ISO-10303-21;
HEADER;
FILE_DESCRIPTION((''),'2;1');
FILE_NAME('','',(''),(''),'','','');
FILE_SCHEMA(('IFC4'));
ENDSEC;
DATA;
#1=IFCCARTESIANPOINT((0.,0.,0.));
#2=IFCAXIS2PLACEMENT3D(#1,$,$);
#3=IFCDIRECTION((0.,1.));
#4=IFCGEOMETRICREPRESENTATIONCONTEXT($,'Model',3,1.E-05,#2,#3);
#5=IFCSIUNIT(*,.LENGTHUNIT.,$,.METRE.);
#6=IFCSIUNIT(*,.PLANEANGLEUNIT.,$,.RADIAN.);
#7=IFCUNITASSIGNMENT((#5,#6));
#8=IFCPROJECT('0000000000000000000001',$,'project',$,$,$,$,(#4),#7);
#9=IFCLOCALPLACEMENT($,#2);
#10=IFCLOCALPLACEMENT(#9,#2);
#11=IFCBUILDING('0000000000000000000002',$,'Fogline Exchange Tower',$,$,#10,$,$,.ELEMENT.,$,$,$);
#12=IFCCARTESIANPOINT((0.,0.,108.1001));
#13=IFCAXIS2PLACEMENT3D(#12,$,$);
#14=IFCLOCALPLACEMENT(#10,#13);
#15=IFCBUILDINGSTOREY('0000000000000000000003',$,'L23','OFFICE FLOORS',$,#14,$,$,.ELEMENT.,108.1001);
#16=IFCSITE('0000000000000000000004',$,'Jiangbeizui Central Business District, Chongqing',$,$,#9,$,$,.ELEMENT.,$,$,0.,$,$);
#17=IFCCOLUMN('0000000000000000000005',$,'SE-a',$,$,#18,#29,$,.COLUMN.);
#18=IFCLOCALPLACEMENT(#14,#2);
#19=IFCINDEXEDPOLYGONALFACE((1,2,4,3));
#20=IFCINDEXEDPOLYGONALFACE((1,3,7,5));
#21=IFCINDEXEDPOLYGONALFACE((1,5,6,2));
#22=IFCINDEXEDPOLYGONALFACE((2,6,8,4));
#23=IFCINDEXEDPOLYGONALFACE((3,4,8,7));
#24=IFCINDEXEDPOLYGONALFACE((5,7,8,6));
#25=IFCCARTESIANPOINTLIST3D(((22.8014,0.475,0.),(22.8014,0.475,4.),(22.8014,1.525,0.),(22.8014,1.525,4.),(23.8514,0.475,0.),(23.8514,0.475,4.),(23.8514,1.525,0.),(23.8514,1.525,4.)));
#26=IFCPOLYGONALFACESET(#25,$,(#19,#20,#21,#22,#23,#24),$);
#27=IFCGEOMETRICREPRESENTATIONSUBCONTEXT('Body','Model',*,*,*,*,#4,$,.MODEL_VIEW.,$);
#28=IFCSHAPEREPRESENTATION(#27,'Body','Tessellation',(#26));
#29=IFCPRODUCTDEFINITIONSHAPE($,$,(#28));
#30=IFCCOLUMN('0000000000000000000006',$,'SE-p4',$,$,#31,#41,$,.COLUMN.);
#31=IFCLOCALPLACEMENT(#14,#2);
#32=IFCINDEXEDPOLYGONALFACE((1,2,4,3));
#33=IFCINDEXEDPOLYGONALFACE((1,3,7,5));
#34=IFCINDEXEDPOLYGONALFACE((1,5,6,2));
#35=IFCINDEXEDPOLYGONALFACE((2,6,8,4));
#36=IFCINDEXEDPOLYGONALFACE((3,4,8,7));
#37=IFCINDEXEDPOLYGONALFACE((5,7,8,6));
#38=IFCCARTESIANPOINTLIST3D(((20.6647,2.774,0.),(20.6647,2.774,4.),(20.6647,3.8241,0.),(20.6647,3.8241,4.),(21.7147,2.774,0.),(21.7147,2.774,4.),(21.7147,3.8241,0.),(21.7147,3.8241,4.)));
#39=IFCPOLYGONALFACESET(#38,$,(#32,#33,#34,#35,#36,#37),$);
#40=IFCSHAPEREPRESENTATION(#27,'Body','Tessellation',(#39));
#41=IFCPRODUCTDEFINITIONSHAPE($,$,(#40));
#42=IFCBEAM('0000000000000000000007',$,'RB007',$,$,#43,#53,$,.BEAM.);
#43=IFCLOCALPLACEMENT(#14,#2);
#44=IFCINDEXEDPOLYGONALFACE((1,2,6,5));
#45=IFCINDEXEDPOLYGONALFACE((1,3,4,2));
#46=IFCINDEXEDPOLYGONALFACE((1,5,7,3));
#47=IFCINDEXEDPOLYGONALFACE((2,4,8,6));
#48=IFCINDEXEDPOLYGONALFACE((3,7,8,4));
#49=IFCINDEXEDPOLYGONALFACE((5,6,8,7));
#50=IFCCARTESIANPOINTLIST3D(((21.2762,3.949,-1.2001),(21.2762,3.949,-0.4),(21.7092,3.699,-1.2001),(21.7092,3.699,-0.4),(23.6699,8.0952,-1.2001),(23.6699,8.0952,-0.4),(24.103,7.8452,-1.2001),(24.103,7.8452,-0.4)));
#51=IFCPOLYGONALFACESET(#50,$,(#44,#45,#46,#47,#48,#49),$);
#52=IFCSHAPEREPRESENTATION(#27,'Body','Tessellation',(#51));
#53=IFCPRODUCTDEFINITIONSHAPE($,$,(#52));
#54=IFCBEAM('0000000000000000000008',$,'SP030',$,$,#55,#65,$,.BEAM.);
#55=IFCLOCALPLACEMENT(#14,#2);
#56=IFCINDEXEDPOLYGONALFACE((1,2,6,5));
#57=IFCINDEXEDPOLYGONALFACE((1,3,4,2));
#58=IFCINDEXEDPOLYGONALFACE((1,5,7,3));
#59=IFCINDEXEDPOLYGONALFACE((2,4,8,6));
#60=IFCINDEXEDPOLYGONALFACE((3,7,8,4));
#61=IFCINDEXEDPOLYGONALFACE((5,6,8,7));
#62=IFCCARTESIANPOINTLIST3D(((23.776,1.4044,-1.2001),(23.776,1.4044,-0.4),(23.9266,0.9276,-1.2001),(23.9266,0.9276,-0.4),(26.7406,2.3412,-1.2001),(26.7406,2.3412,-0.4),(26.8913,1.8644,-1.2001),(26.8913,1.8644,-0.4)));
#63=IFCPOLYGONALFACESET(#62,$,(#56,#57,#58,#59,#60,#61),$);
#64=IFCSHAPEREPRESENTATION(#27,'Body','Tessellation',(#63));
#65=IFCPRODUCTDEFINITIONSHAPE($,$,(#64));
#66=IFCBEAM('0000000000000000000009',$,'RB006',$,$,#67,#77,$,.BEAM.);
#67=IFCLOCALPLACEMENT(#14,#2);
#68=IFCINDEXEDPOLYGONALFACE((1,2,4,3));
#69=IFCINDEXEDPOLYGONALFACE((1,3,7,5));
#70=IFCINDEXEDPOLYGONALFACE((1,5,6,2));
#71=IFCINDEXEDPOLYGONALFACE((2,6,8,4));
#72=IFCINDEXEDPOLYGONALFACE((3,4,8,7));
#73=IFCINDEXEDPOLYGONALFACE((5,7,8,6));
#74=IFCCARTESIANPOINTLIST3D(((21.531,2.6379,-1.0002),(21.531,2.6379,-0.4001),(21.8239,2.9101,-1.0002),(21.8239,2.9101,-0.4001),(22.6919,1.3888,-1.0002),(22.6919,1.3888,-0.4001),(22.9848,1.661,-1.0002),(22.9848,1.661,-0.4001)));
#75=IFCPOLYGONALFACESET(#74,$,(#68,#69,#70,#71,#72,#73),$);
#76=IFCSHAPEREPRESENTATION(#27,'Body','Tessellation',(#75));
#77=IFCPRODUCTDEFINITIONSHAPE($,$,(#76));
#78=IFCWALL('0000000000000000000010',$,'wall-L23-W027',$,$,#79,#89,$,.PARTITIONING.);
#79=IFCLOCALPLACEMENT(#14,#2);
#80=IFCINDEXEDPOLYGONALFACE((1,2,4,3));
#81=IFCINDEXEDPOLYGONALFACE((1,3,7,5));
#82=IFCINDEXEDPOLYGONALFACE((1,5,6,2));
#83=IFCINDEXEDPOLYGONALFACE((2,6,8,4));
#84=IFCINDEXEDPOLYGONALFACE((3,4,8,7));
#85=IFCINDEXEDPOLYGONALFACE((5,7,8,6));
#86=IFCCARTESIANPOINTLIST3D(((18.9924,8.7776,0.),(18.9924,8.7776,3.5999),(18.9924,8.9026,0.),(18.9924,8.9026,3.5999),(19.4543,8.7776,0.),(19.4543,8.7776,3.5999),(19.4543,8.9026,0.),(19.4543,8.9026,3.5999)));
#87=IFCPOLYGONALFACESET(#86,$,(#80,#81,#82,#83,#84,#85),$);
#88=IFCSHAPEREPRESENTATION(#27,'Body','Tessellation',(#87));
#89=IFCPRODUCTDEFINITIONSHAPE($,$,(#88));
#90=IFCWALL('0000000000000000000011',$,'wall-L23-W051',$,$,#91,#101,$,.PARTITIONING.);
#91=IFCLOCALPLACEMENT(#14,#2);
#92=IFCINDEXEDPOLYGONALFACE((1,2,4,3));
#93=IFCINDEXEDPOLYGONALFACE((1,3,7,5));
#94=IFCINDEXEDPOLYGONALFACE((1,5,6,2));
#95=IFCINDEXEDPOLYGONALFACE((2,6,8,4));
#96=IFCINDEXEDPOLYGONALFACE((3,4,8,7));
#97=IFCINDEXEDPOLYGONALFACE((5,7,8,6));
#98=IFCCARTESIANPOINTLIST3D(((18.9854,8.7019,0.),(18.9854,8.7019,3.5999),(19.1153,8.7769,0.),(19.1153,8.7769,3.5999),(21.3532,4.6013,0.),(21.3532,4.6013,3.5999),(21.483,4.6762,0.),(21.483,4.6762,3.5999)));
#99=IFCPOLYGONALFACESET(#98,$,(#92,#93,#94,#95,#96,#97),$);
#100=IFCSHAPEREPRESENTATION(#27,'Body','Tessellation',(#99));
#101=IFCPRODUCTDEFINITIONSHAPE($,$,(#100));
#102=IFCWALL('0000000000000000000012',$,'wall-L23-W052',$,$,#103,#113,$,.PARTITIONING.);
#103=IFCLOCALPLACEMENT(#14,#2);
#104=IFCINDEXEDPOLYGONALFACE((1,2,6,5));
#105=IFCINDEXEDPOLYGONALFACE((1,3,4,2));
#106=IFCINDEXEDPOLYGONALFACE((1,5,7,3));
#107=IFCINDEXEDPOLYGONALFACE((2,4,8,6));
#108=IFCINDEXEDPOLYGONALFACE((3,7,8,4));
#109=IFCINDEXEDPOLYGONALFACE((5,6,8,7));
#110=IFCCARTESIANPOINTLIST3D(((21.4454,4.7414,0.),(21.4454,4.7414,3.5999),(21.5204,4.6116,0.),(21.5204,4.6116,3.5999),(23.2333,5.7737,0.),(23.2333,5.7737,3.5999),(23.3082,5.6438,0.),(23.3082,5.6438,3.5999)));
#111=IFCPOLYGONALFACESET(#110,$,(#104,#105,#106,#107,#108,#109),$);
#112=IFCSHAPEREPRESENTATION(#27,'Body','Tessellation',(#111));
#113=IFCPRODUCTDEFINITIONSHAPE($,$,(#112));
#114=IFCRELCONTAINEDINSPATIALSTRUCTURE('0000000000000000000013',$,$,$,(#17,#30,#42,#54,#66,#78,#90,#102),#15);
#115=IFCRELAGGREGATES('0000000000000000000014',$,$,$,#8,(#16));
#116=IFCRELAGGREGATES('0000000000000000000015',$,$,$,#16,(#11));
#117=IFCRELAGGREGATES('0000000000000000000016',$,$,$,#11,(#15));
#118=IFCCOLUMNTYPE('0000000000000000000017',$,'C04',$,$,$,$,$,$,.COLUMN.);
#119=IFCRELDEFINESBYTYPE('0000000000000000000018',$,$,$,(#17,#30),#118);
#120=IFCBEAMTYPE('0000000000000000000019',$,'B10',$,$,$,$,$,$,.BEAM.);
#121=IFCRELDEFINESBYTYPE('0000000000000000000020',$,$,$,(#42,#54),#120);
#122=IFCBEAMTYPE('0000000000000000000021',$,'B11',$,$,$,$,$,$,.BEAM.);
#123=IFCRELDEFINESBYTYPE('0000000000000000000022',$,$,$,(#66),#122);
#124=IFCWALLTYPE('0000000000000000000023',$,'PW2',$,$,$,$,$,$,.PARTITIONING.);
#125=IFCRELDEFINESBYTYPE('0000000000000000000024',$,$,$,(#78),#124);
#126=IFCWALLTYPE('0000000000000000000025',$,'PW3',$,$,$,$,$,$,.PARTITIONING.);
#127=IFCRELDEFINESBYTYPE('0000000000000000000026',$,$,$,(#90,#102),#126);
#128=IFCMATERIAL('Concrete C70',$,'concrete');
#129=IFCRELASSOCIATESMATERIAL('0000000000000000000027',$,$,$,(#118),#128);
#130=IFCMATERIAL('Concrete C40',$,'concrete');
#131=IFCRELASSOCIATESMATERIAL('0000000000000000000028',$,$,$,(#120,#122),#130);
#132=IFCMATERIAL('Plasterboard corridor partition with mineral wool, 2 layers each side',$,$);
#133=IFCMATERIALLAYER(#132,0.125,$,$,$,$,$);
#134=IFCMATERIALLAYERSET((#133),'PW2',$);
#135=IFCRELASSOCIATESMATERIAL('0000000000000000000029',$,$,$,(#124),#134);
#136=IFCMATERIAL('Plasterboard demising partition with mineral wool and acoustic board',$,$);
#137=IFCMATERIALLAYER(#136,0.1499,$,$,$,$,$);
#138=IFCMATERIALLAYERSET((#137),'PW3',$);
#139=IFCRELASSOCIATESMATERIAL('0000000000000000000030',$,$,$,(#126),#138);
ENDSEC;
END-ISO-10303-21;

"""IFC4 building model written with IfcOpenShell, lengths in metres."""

from ifc_helpers import new_model, si_unit, direction, frame, frame_2d, origin, origin_2d, place, context, subcontext, project, spatial, rectangle, extrude, material, layer, layer_set, material_profile, profile_set, type_object, element, save


model = new_model("IFC4")

# Units and contexts
model_context = context("Model", 3, precision=1e-05, world=origin(), true_north=direction((0.0, 1.0)))
body_context = subcontext(model_context, "Body", "Model", "MODEL_VIEW")
ifc_project = project(units=[si_unit("LENGTHUNIT", "METRE"), si_unit("PLANEANGLEUNIT", "RADIAN")], contexts=[model_context])

# Site, building, storey
site_placement = place(None, origin())
site = spatial("IfcSite", under=ifc_project, at=site_placement, Name="Jiangbeizui Central Business District, Chongqing", CompositionType="ELEMENT", RefElevation=0.0)
building_placement = place(site_placement, origin())
building = spatial("IfcBuilding", under=site, at=building_placement, Name="Fogline Exchange Tower", CompositionType="ELEMENT")
storey_placement = place(building_placement, frame((0.0, 0.0, 108.1001)))
storey = spatial("IfcBuildingStorey", under=building, at=storey_placement, Name="L23", Description="OFFICE FLOORS", CompositionType="ELEMENT", Elevation=108.1001)

# Columns
ifc_material_1 = material(Name="Concrete C70", Category="concrete")
ifc_material_profile_1 = material_profile(ifc_material_1, rectangle(XDim=1.05, YDim=1.05, at=origin_2d()), Name="RC 1050x1050")
ifc_profile_set_1 = profile_set([ifc_material_profile_1], Name="Concrete C70")
column_type = type_object("IfcColumnType", Name="C04", PredefinedType="COLUMN", material=ifc_profile_set_1)
for number, where, z_axis, x_axis, name in (
    (1, (23.3264, 1.0, 0.0), (0.0, 0.0, 1.0), (1.0, 0.0, 0.0), "SE-a"),
    (2, (21.1897, 3.2991, 0.0), (0.0, 0.0, 1.0), (1.0, 0.0, 0.0), "SE-p4"),
):
    element("IfcColumn", number, at=place(storey_placement, frame(where, z_axis=z_axis, x_axis=x_axis)), inside=storey, type_object=column_type, Name=name, PredefinedType="COLUMN", context=body_context, shape_type="SweptSolid", body=[
        extrude(rectangle(XDim=1.05, YDim=1.05, at=origin_2d()), origin(), (0.0, 0.0, 1.0), 4.0),
    ])

# Beams
ifc_material_2 = material(Name="Concrete C40", Category="concrete")
ifc_material_profile_2 = material_profile(ifc_material_2, rectangle(XDim=0.5, YDim=0.8, at=origin_2d()), Name="RC 500x800")
ifc_profile_set_2 = profile_set([ifc_material_profile_2], Name="Concrete C40")
beam_type_1 = type_object("IfcBeamType", Name="B10", PredefinedType="BEAM", material=ifc_profile_set_2)
beam_1_placement = place(storey_placement, frame((21.4927, 3.824, -0.8), z_axis=(0.499995, 0.866028, 0.0), x_axis=(-0.866028, 0.499995, 0.0)))
element("IfcBeam", 3, at=beam_1_placement, inside=storey, type_object=beam_type_1, Name="RB007", PredefinedType="BEAM", context=body_context, shape_type="SweptSolid", body=[
    extrude(rectangle(XDim=0.5, YDim=0.8, at=origin_2d()), origin(), (0.0, 0.0, 1.0), 4.7876),
])
beam_2_placement = place(storey_placement, frame((23.8513, 1.166, -0.8), z_axis=(0.953529, 0.3013, 0.0), x_axis=(-0.3013, 0.953529, 0.0)))
element("IfcBeam", 4, at=beam_2_placement, inside=storey, type_object=beam_type_1, Name="SP030", PredefinedType="BEAM", context=body_context, shape_type="SweptSolid", body=[
    extrude(rectangle(XDim=0.5, YDim=0.8, at=origin_2d()), origin(), (0.0, 0.0, 1.0), 3.1091),
])
ifc_material_profile_3 = material_profile(ifc_material_2, rectangle(XDim=0.3999, YDim=0.6001, at=origin_2d()), Name="RC 400x600")
ifc_profile_set_3 = profile_set([ifc_material_profile_3], Name="Concrete C40")
beam_type_2 = type_object("IfcBeamType", Name="B11", PredefinedType="BEAM", material=ifc_profile_set_3)
beam_3_placement = place(storey_placement, frame((22.8384, 1.5249, -0.7002), z_axis=(-0.680792, 0.732477, 0.0), x_axis=(-0.732477, -0.680792, 0.0)))
element("IfcBeam", 5, at=beam_3_placement, inside=storey, type_object=beam_type_2, Name="RB006", PredefinedType="BEAM", context=body_context, shape_type="SweptSolid", body=[
    extrude(rectangle(XDim=0.3999, YDim=0.6001, at=origin_2d()), origin(), (0.0, 0.0, 1.0), 1.7053),
])

# Walls
ifc_material_3 = material(Name="Plasterboard corridor partition with mineral wool, 2 layers each side")
ifc_layer_1 = layer(ifc_material_3, 0.125)
ifc_layer_set_1 = layer_set([ifc_layer_1], Name="PW2")
wall_type_1 = type_object("IfcWallType", Name="PW2", PredefinedType="PARTITIONING", material=ifc_layer_set_1)
wall_1_placement = place(storey_placement, frame((19.4543, 8.8401, 0.0), z_axis=(0.0, 0.0, 1.0), x_axis=(-1.0, 0.0, 0.0)))
element("IfcWall", 6, at=wall_1_placement, inside=storey, type_object=wall_type_1, Name="wall-L23-W027", PredefinedType="PARTITIONING", context=body_context, shape_type="SweptSolid", body=[
    extrude(rectangle(XDim=0.4619, YDim=0.125, at=frame_2d((0.231, 0.0))), origin(), (0.0, 0.0, 1.0), 3.5999),
])
ifc_material_4 = material(Name="Plasterboard demising partition with mineral wool and acoustic board")
ifc_layer_2 = layer(ifc_material_4, 0.1499)
ifc_layer_set_2 = layer_set([ifc_layer_2], Name="PW3")
wall_type_2 = type_object("IfcWallType", Name="PW3", PredefinedType="PARTITIONING", material=ifc_layer_set_2)
wall_2_placement = place(storey_placement, frame((19.0503, 8.7395, 0.0), z_axis=(0.0, 0.0, 1.0), x_axis=(0.500032, -0.866007, 0.0)))
element("IfcWall", 7, at=wall_2_placement, inside=storey, type_object=wall_type_2, Name="wall-L23-W051", PredefinedType="PARTITIONING", context=body_context, shape_type="SweptSolid", body=[
    extrude(rectangle(XDim=4.7351, YDim=0.1499, at=frame_2d((2.3677, 0.0))), origin(), (0.0, 0.0, 1.0), 3.5999),
])
wall_3_placement = place(storey_placement, frame((21.4829, 4.6765, 0.0), z_axis=(0.0, 0.0, 1.0), x_axis=(0.866022, 0.500006, 0.0)))
element("IfcWall", 8, at=wall_3_placement, inside=storey, type_object=wall_type_2, Name="wall-L23-W052", PredefinedType="PARTITIONING", context=body_context, shape_type="SweptSolid", body=[
    extrude(rectangle(XDim=2.0645, YDim=0.1499, at=frame_2d((1.0322, 0.0))), origin(), (0.0, 0.0, 1.0), 3.5999),
])

save(model, "model.ifc")
